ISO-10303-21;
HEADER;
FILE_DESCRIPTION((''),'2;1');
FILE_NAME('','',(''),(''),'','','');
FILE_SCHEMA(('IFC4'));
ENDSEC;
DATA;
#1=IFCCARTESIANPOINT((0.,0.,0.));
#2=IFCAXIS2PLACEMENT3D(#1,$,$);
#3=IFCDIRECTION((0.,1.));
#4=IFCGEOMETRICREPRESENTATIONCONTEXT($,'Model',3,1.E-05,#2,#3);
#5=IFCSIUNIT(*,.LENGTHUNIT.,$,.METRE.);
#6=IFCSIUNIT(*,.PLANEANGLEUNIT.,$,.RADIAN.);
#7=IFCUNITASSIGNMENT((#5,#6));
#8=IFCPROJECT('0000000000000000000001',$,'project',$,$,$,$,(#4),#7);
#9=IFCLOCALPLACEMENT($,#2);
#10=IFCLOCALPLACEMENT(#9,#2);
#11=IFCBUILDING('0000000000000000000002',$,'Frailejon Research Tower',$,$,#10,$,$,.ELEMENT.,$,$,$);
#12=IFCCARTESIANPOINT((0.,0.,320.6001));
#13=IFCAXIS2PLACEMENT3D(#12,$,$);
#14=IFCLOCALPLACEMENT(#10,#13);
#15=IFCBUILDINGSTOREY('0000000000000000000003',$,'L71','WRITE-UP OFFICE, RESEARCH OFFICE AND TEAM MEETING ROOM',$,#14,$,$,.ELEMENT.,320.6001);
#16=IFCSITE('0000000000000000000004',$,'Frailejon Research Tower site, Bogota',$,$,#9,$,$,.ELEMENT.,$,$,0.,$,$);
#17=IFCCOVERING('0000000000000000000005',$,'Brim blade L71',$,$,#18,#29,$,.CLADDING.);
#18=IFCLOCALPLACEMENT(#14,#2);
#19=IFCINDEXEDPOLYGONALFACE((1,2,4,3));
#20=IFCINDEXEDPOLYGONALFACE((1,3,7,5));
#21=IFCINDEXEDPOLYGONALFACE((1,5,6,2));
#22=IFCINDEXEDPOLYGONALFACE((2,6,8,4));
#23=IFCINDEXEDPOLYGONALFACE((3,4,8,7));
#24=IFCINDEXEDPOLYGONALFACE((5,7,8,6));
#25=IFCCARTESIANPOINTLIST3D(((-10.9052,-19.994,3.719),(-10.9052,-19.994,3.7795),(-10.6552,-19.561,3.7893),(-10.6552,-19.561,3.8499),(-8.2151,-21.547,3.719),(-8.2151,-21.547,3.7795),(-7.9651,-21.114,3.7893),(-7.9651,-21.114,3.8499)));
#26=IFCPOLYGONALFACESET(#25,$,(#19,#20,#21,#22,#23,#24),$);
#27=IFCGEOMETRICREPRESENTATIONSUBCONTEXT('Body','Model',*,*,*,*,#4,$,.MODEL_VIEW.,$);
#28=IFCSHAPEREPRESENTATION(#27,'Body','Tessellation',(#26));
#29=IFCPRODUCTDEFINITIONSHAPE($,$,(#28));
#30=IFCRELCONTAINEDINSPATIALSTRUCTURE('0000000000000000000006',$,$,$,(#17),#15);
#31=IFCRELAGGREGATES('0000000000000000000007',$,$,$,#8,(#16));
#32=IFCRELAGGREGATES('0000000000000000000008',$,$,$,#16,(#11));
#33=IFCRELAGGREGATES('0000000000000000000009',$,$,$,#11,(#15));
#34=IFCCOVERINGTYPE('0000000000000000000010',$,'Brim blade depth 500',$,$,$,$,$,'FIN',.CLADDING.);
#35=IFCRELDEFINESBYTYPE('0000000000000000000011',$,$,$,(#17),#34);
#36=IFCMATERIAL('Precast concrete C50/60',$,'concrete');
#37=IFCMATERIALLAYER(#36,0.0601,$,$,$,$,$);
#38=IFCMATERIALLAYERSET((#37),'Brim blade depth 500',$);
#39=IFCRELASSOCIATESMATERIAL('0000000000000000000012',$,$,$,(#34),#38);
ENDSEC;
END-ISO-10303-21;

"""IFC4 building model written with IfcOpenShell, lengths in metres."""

from ifc_helpers import new_model, si_unit, direction, frame, origin, place, context, subcontext, project, spatial, polyline, outline, extrude, material, layer, layer_set, type_object, element, save


model = new_model("IFC4")

# Units and contexts
model_context = context("Model", 3, precision=1e-05, world=origin(), true_north=direction((0.0, 1.0)))
body_context = subcontext(model_context, "Body", "Model", "MODEL_VIEW")
ifc_project = project(units=[si_unit("LENGTHUNIT", "METRE"), si_unit("PLANEANGLEUNIT", "RADIAN")], contexts=[model_context])

# Site, building, storey
site_placement = place(None, origin())
site = spatial("IfcSite", under=ifc_project, at=site_placement, Name="Frailejon Research Tower site, Bogota", CompositionType="ELEMENT", RefElevation=0.0)
building_placement = place(site_placement, origin())
building = spatial("IfcBuilding", under=site, at=building_placement, Name="Frailejon Research Tower", CompositionType="ELEMENT")
storey_placement = place(building_placement, frame((0.0, 0.0, 320.6001)))
storey = spatial("IfcBuildingStorey", under=building, at=storey_placement, Name="L71", Description="WRITE-UP OFFICE, RESEARCH OFFICE AND TEAM MEETING ROOM", CompositionType="ELEMENT", Elevation=320.6001)

# Covering
ifc_material_1 = material(Name="Precast concrete C50/60", Category="concrete")
ifc_layer_1 = layer(ifc_material_1, 0.0601)
ifc_layer_set_1 = layer_set([ifc_layer_1], Name="Brim blade depth 500")
covering_type_1 = type_object("IfcCoveringType", Name="Brim blade depth 500", ElementType="FIN", PredefinedType="CLADDING", material=ifc_layer_set_1)
covering_placement = place(storey_placement, frame((-7.9651, -21.114, 3.8499), z_axis=(-0.866035, 0.499983, 0.0), x_axis=(-0.499983, -0.866035, 0.0)))
element("IfcCovering", 1, at=covering_placement, inside=storey, type_object=covering_type_1, Name="Brim blade L71", PredefinedType="CLADDING", context=body_context, shape_type="SweptSolid", body=[
    extrude(outline(polyline([(0.0, -0.0605), (0.5, -0.1309), (0.5, -0.0703), (0.0, 0.0), (0.0, -0.0605)])), origin(), (0.0, 0.0, 1.0), 3.1062),
])

save(model, "model.ifc")
